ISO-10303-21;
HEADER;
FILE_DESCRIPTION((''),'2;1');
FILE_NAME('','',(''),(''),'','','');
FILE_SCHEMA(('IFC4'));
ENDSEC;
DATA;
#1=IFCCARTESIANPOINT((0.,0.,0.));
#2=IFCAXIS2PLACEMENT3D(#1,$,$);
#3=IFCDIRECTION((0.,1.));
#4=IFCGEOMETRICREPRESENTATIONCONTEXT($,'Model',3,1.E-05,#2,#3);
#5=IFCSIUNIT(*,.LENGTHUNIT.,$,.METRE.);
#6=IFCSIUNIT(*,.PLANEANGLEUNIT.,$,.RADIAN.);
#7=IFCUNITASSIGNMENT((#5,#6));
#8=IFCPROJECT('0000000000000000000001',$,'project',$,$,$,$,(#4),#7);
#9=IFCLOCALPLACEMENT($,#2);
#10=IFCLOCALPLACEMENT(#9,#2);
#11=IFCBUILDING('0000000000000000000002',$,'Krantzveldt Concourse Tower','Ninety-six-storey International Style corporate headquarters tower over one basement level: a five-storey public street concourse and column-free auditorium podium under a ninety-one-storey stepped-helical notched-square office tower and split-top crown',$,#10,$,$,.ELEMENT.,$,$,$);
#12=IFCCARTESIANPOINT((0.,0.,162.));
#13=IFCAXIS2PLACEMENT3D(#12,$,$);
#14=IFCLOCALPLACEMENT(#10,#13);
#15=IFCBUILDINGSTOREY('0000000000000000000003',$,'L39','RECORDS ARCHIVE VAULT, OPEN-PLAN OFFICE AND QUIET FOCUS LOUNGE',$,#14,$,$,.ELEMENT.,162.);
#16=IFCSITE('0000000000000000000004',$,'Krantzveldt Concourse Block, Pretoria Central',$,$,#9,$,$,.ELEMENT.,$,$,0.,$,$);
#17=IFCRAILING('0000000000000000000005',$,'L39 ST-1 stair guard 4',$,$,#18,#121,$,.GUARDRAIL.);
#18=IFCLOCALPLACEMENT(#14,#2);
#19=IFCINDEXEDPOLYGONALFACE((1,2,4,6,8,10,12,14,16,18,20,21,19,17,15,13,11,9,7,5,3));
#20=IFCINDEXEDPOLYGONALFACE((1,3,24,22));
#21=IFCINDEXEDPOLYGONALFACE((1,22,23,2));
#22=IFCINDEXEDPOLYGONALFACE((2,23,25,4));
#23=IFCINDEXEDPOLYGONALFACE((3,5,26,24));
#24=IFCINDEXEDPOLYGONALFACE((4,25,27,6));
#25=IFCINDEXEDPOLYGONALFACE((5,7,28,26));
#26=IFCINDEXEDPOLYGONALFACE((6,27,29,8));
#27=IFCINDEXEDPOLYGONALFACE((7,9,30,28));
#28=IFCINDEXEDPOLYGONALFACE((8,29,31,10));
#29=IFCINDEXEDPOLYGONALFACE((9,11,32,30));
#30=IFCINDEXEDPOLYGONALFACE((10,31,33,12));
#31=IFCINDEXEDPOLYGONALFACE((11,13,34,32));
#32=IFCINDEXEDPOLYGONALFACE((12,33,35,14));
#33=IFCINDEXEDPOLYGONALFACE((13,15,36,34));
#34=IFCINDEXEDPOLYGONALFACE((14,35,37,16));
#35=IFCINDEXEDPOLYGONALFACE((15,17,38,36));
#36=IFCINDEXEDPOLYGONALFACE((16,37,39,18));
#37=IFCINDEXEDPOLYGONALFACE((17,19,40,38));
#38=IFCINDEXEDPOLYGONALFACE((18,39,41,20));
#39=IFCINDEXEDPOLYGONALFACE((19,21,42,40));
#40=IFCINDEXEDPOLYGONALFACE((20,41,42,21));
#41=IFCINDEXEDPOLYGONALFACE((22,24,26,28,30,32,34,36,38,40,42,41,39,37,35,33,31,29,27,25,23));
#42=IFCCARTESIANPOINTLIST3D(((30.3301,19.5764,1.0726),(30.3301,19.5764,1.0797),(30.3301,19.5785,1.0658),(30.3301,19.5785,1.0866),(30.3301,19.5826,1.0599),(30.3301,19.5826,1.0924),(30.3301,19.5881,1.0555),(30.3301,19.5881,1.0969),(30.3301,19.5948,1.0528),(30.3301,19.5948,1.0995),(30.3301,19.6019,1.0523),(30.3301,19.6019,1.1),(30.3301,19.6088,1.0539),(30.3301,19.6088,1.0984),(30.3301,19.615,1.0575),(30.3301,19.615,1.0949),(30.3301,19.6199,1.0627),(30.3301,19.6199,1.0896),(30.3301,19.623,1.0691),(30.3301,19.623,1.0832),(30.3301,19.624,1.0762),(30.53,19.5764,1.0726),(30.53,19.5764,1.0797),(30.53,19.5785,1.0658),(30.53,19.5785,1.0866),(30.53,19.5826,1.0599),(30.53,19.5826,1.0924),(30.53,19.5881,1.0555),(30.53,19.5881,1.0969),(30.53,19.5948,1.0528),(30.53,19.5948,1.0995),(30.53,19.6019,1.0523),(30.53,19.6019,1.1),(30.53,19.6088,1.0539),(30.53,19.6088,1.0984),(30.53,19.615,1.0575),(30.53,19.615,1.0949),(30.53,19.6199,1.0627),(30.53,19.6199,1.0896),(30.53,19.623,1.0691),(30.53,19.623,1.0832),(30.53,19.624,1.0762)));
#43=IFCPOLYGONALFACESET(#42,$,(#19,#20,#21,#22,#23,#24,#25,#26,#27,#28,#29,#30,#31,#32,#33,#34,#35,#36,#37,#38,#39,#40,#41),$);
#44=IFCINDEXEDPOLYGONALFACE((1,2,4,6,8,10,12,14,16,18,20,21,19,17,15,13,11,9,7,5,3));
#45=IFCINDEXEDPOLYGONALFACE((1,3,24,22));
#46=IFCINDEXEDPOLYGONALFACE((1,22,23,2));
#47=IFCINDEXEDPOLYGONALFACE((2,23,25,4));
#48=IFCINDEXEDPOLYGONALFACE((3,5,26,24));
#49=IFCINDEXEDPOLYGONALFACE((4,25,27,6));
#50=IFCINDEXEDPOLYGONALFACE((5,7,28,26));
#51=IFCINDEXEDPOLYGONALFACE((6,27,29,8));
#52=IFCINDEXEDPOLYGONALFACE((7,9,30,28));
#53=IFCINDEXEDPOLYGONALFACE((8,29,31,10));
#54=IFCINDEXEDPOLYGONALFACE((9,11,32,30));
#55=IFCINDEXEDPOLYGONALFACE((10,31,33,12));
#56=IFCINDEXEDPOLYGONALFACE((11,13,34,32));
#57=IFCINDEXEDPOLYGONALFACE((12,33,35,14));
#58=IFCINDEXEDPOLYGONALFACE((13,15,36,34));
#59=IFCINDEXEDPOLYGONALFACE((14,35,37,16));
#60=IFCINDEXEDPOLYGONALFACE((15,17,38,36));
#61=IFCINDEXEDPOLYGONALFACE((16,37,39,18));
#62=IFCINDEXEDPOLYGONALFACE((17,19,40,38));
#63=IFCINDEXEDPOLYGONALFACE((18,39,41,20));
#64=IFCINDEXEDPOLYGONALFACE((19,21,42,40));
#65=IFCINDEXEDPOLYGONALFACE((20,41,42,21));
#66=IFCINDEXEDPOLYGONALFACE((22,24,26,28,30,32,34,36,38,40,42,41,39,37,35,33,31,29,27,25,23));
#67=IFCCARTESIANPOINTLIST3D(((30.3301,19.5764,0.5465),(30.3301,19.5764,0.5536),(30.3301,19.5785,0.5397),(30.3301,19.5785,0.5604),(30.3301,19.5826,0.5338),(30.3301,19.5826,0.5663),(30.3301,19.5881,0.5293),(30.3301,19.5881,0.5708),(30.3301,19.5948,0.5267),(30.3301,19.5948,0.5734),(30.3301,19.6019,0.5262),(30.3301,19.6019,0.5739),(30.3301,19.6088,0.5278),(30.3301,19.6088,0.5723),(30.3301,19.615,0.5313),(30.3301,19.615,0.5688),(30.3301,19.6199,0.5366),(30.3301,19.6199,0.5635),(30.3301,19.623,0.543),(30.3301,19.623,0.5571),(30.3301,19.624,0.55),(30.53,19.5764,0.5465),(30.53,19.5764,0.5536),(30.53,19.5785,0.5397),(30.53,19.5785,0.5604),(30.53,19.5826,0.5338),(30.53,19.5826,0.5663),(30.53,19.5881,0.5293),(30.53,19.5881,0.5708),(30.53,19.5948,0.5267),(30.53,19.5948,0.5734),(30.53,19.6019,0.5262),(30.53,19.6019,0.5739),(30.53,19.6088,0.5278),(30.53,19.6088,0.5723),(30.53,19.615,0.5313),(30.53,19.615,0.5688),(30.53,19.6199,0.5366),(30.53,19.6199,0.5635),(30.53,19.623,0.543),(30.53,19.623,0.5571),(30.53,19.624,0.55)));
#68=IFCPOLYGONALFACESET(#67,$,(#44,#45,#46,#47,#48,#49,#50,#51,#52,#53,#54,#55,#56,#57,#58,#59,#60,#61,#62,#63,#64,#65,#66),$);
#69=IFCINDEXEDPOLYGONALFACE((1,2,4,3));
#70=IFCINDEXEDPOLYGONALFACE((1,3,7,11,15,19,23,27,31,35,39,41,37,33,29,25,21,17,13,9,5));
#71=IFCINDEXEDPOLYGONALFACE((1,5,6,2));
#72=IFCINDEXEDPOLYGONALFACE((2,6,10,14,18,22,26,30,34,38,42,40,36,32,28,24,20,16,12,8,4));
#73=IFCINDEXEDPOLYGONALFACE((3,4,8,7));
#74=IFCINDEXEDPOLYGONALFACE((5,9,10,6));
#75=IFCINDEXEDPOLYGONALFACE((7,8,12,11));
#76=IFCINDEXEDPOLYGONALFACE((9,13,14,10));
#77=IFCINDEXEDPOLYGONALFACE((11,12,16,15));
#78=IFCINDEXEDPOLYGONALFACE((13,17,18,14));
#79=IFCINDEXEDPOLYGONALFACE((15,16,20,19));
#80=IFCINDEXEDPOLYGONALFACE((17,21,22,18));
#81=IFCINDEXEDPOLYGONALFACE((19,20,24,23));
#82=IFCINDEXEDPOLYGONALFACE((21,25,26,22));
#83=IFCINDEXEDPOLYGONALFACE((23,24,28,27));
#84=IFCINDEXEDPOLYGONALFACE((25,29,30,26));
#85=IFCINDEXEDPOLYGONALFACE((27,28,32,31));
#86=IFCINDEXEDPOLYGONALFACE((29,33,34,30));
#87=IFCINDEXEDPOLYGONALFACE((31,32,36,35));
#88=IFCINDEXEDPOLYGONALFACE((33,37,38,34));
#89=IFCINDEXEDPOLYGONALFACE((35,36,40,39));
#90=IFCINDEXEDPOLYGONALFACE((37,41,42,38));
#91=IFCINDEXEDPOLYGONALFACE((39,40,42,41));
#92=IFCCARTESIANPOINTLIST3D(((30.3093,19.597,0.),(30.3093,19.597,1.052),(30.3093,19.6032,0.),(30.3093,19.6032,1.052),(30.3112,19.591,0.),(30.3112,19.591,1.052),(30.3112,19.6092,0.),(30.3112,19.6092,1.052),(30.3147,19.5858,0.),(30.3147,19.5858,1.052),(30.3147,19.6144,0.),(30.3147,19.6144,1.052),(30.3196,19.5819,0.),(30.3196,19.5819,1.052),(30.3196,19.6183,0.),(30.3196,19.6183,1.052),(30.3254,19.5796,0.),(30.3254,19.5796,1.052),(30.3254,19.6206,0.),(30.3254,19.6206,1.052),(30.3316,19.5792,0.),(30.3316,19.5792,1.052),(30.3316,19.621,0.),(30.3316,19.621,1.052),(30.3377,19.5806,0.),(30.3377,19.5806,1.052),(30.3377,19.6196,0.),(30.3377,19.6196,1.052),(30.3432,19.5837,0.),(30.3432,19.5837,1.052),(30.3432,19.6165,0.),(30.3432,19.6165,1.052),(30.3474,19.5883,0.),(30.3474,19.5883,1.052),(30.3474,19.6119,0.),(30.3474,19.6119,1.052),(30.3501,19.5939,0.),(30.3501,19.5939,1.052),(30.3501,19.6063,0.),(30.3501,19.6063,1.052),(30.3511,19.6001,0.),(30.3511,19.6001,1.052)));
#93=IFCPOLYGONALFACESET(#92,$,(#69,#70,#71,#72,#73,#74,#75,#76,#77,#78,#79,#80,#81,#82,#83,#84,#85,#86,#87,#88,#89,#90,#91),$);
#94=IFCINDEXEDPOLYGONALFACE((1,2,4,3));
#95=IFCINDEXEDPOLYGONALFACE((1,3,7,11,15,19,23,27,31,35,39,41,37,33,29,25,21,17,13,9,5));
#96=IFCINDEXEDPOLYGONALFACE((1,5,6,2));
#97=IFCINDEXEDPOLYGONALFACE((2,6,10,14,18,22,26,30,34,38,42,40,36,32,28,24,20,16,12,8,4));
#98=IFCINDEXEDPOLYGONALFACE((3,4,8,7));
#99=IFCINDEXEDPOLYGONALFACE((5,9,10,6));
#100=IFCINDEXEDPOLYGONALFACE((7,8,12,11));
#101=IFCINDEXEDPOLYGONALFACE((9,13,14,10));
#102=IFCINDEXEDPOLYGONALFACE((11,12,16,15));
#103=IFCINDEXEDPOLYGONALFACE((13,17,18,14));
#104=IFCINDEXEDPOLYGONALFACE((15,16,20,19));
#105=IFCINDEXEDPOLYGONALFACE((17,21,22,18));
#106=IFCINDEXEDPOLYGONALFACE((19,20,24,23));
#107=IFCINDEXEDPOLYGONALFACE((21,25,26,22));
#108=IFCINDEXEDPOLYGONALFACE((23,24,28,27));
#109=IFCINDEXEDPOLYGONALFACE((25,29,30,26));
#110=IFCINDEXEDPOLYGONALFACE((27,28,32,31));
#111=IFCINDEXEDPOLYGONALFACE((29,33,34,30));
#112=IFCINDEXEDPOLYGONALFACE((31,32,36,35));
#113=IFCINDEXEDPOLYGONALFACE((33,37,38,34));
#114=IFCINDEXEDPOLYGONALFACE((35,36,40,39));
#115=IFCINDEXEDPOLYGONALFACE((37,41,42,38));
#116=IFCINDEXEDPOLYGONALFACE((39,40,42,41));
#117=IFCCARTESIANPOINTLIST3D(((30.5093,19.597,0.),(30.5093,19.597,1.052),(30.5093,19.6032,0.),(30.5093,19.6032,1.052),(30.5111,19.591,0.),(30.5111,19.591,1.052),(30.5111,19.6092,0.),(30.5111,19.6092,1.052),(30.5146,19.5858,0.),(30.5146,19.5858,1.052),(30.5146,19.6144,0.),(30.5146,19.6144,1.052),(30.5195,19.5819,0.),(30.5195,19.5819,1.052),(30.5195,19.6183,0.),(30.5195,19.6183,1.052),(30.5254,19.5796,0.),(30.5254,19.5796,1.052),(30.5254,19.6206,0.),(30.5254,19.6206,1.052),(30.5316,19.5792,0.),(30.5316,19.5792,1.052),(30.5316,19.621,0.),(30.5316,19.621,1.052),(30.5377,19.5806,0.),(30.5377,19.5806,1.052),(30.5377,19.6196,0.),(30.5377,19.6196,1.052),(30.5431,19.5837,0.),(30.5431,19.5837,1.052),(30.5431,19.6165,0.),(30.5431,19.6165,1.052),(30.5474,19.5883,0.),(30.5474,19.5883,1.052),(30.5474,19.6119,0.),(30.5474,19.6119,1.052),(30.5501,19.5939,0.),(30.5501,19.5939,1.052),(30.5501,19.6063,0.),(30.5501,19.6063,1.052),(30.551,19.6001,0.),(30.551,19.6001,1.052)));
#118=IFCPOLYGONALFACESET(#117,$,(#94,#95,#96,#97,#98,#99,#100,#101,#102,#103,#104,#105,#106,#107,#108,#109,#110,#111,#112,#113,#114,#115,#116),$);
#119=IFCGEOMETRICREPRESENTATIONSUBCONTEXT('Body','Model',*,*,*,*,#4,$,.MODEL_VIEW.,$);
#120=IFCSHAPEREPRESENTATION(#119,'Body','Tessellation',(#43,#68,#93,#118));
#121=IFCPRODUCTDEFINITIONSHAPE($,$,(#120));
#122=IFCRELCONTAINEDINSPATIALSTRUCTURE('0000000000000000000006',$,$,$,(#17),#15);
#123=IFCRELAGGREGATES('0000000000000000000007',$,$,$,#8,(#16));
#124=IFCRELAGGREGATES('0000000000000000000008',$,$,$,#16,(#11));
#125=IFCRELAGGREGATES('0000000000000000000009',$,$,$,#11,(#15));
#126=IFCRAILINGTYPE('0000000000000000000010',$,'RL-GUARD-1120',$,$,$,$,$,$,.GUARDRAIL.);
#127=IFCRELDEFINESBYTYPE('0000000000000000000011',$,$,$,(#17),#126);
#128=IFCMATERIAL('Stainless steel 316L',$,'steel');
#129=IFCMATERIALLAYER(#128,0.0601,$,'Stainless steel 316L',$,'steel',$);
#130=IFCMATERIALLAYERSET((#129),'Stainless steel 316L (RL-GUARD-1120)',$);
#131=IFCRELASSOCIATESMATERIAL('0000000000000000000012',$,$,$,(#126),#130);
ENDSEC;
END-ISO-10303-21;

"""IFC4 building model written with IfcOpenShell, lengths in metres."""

from ifc_helpers import new_model, si_unit, direction, frame, origin, origin_2d, place, context, subcontext, project, spatial, circle, extrude, material, layer, layer_set, type_object, element, save


model = new_model("IFC4")

# Units and contexts
model_context = context("Model", 3, precision=1e-05, world=origin(), true_north=direction((0.0, 1.0)))
body_context = subcontext(model_context, "Body", "Model", "MODEL_VIEW")
ifc_project = project(units=[si_unit("LENGTHUNIT", "METRE"), si_unit("PLANEANGLEUNIT", "RADIAN")], contexts=[model_context])

# Site, building, storey
site_placement = place(None, origin())
site = spatial("IfcSite", under=ifc_project, at=site_placement, Name="Krantzveldt Concourse Block, Pretoria Central", CompositionType="ELEMENT", RefElevation=0.0)
building_placement = place(site_placement, origin())
building = spatial("IfcBuilding", under=site, at=building_placement, Name="Krantzveldt Concourse Tower", Description="Ninety-six-storey International Style corporate headquarters tower over one basement level: a five-storey public street concourse and column-free auditorium podium under a ninety-one-storey stepped-helical notched-square office tower and split-top crown", CompositionType="ELEMENT")
storey_placement = place(building_placement, frame((0.0, 0.0, 162.0)))
storey = spatial("IfcBuildingStorey", under=building, at=storey_placement, Name="L39", Description="RECORDS ARCHIVE VAULT, OPEN-PLAN OFFICE AND QUIET FOCUS LOUNGE", CompositionType="ELEMENT", Elevation=162.0)

# Railing
ifc_material_1 = material(Name="Stainless steel 316L", Category="steel")
ifc_layer_1 = layer(ifc_material_1, 0.0601, Name="Stainless steel 316L", Category="steel")
ifc_layer_set_1 = layer_set([ifc_layer_1], Name="Stainless steel 316L (RL-GUARD-1120)")
railing_type_1 = type_object("IfcRailingType", Name="RL-GUARD-1120", PredefinedType="GUARDRAIL", material=ifc_layer_set_1)
railing_1_placement = place(storey_placement, frame((30.3301, 19.6001, 0.0)))
element("IfcRailing", 1, at=railing_1_placement, inside=storey, type_object=railing_type_1, Name="L39 ST-1 stair guard 4", PredefinedType="GUARDRAIL", context=body_context, shape_type="SweptSolid", body=[
    extrude(circle(Radius=0.0239, at=origin_2d()), frame((0.0, 0.0, 1.0762), z_axis=(1.0, 0.0, 0.0), x_axis=(0.0, 1.0, 0.0)), (0.0, 0.0, 1.0), 0.2),
    extrude(circle(Radius=0.0239, at=origin_2d()), frame((0.0, 0.0, 0.55), z_axis=(1.0, 0.0, 0.0), x_axis=(0.0, 1.0, 0.0)), (0.0, 0.0, 1.0), 0.2),
    extrude(circle(Radius=0.021, at=origin_2d()), origin(), (0.0, 0.0, 1.0), 1.052),
    extrude(circle(Radius=0.021, at=origin_2d()), frame((0.2, 0.0, 0.0)), (0.0, 0.0, 1.0), 1.052),
])

save(model, "model.ifc")
